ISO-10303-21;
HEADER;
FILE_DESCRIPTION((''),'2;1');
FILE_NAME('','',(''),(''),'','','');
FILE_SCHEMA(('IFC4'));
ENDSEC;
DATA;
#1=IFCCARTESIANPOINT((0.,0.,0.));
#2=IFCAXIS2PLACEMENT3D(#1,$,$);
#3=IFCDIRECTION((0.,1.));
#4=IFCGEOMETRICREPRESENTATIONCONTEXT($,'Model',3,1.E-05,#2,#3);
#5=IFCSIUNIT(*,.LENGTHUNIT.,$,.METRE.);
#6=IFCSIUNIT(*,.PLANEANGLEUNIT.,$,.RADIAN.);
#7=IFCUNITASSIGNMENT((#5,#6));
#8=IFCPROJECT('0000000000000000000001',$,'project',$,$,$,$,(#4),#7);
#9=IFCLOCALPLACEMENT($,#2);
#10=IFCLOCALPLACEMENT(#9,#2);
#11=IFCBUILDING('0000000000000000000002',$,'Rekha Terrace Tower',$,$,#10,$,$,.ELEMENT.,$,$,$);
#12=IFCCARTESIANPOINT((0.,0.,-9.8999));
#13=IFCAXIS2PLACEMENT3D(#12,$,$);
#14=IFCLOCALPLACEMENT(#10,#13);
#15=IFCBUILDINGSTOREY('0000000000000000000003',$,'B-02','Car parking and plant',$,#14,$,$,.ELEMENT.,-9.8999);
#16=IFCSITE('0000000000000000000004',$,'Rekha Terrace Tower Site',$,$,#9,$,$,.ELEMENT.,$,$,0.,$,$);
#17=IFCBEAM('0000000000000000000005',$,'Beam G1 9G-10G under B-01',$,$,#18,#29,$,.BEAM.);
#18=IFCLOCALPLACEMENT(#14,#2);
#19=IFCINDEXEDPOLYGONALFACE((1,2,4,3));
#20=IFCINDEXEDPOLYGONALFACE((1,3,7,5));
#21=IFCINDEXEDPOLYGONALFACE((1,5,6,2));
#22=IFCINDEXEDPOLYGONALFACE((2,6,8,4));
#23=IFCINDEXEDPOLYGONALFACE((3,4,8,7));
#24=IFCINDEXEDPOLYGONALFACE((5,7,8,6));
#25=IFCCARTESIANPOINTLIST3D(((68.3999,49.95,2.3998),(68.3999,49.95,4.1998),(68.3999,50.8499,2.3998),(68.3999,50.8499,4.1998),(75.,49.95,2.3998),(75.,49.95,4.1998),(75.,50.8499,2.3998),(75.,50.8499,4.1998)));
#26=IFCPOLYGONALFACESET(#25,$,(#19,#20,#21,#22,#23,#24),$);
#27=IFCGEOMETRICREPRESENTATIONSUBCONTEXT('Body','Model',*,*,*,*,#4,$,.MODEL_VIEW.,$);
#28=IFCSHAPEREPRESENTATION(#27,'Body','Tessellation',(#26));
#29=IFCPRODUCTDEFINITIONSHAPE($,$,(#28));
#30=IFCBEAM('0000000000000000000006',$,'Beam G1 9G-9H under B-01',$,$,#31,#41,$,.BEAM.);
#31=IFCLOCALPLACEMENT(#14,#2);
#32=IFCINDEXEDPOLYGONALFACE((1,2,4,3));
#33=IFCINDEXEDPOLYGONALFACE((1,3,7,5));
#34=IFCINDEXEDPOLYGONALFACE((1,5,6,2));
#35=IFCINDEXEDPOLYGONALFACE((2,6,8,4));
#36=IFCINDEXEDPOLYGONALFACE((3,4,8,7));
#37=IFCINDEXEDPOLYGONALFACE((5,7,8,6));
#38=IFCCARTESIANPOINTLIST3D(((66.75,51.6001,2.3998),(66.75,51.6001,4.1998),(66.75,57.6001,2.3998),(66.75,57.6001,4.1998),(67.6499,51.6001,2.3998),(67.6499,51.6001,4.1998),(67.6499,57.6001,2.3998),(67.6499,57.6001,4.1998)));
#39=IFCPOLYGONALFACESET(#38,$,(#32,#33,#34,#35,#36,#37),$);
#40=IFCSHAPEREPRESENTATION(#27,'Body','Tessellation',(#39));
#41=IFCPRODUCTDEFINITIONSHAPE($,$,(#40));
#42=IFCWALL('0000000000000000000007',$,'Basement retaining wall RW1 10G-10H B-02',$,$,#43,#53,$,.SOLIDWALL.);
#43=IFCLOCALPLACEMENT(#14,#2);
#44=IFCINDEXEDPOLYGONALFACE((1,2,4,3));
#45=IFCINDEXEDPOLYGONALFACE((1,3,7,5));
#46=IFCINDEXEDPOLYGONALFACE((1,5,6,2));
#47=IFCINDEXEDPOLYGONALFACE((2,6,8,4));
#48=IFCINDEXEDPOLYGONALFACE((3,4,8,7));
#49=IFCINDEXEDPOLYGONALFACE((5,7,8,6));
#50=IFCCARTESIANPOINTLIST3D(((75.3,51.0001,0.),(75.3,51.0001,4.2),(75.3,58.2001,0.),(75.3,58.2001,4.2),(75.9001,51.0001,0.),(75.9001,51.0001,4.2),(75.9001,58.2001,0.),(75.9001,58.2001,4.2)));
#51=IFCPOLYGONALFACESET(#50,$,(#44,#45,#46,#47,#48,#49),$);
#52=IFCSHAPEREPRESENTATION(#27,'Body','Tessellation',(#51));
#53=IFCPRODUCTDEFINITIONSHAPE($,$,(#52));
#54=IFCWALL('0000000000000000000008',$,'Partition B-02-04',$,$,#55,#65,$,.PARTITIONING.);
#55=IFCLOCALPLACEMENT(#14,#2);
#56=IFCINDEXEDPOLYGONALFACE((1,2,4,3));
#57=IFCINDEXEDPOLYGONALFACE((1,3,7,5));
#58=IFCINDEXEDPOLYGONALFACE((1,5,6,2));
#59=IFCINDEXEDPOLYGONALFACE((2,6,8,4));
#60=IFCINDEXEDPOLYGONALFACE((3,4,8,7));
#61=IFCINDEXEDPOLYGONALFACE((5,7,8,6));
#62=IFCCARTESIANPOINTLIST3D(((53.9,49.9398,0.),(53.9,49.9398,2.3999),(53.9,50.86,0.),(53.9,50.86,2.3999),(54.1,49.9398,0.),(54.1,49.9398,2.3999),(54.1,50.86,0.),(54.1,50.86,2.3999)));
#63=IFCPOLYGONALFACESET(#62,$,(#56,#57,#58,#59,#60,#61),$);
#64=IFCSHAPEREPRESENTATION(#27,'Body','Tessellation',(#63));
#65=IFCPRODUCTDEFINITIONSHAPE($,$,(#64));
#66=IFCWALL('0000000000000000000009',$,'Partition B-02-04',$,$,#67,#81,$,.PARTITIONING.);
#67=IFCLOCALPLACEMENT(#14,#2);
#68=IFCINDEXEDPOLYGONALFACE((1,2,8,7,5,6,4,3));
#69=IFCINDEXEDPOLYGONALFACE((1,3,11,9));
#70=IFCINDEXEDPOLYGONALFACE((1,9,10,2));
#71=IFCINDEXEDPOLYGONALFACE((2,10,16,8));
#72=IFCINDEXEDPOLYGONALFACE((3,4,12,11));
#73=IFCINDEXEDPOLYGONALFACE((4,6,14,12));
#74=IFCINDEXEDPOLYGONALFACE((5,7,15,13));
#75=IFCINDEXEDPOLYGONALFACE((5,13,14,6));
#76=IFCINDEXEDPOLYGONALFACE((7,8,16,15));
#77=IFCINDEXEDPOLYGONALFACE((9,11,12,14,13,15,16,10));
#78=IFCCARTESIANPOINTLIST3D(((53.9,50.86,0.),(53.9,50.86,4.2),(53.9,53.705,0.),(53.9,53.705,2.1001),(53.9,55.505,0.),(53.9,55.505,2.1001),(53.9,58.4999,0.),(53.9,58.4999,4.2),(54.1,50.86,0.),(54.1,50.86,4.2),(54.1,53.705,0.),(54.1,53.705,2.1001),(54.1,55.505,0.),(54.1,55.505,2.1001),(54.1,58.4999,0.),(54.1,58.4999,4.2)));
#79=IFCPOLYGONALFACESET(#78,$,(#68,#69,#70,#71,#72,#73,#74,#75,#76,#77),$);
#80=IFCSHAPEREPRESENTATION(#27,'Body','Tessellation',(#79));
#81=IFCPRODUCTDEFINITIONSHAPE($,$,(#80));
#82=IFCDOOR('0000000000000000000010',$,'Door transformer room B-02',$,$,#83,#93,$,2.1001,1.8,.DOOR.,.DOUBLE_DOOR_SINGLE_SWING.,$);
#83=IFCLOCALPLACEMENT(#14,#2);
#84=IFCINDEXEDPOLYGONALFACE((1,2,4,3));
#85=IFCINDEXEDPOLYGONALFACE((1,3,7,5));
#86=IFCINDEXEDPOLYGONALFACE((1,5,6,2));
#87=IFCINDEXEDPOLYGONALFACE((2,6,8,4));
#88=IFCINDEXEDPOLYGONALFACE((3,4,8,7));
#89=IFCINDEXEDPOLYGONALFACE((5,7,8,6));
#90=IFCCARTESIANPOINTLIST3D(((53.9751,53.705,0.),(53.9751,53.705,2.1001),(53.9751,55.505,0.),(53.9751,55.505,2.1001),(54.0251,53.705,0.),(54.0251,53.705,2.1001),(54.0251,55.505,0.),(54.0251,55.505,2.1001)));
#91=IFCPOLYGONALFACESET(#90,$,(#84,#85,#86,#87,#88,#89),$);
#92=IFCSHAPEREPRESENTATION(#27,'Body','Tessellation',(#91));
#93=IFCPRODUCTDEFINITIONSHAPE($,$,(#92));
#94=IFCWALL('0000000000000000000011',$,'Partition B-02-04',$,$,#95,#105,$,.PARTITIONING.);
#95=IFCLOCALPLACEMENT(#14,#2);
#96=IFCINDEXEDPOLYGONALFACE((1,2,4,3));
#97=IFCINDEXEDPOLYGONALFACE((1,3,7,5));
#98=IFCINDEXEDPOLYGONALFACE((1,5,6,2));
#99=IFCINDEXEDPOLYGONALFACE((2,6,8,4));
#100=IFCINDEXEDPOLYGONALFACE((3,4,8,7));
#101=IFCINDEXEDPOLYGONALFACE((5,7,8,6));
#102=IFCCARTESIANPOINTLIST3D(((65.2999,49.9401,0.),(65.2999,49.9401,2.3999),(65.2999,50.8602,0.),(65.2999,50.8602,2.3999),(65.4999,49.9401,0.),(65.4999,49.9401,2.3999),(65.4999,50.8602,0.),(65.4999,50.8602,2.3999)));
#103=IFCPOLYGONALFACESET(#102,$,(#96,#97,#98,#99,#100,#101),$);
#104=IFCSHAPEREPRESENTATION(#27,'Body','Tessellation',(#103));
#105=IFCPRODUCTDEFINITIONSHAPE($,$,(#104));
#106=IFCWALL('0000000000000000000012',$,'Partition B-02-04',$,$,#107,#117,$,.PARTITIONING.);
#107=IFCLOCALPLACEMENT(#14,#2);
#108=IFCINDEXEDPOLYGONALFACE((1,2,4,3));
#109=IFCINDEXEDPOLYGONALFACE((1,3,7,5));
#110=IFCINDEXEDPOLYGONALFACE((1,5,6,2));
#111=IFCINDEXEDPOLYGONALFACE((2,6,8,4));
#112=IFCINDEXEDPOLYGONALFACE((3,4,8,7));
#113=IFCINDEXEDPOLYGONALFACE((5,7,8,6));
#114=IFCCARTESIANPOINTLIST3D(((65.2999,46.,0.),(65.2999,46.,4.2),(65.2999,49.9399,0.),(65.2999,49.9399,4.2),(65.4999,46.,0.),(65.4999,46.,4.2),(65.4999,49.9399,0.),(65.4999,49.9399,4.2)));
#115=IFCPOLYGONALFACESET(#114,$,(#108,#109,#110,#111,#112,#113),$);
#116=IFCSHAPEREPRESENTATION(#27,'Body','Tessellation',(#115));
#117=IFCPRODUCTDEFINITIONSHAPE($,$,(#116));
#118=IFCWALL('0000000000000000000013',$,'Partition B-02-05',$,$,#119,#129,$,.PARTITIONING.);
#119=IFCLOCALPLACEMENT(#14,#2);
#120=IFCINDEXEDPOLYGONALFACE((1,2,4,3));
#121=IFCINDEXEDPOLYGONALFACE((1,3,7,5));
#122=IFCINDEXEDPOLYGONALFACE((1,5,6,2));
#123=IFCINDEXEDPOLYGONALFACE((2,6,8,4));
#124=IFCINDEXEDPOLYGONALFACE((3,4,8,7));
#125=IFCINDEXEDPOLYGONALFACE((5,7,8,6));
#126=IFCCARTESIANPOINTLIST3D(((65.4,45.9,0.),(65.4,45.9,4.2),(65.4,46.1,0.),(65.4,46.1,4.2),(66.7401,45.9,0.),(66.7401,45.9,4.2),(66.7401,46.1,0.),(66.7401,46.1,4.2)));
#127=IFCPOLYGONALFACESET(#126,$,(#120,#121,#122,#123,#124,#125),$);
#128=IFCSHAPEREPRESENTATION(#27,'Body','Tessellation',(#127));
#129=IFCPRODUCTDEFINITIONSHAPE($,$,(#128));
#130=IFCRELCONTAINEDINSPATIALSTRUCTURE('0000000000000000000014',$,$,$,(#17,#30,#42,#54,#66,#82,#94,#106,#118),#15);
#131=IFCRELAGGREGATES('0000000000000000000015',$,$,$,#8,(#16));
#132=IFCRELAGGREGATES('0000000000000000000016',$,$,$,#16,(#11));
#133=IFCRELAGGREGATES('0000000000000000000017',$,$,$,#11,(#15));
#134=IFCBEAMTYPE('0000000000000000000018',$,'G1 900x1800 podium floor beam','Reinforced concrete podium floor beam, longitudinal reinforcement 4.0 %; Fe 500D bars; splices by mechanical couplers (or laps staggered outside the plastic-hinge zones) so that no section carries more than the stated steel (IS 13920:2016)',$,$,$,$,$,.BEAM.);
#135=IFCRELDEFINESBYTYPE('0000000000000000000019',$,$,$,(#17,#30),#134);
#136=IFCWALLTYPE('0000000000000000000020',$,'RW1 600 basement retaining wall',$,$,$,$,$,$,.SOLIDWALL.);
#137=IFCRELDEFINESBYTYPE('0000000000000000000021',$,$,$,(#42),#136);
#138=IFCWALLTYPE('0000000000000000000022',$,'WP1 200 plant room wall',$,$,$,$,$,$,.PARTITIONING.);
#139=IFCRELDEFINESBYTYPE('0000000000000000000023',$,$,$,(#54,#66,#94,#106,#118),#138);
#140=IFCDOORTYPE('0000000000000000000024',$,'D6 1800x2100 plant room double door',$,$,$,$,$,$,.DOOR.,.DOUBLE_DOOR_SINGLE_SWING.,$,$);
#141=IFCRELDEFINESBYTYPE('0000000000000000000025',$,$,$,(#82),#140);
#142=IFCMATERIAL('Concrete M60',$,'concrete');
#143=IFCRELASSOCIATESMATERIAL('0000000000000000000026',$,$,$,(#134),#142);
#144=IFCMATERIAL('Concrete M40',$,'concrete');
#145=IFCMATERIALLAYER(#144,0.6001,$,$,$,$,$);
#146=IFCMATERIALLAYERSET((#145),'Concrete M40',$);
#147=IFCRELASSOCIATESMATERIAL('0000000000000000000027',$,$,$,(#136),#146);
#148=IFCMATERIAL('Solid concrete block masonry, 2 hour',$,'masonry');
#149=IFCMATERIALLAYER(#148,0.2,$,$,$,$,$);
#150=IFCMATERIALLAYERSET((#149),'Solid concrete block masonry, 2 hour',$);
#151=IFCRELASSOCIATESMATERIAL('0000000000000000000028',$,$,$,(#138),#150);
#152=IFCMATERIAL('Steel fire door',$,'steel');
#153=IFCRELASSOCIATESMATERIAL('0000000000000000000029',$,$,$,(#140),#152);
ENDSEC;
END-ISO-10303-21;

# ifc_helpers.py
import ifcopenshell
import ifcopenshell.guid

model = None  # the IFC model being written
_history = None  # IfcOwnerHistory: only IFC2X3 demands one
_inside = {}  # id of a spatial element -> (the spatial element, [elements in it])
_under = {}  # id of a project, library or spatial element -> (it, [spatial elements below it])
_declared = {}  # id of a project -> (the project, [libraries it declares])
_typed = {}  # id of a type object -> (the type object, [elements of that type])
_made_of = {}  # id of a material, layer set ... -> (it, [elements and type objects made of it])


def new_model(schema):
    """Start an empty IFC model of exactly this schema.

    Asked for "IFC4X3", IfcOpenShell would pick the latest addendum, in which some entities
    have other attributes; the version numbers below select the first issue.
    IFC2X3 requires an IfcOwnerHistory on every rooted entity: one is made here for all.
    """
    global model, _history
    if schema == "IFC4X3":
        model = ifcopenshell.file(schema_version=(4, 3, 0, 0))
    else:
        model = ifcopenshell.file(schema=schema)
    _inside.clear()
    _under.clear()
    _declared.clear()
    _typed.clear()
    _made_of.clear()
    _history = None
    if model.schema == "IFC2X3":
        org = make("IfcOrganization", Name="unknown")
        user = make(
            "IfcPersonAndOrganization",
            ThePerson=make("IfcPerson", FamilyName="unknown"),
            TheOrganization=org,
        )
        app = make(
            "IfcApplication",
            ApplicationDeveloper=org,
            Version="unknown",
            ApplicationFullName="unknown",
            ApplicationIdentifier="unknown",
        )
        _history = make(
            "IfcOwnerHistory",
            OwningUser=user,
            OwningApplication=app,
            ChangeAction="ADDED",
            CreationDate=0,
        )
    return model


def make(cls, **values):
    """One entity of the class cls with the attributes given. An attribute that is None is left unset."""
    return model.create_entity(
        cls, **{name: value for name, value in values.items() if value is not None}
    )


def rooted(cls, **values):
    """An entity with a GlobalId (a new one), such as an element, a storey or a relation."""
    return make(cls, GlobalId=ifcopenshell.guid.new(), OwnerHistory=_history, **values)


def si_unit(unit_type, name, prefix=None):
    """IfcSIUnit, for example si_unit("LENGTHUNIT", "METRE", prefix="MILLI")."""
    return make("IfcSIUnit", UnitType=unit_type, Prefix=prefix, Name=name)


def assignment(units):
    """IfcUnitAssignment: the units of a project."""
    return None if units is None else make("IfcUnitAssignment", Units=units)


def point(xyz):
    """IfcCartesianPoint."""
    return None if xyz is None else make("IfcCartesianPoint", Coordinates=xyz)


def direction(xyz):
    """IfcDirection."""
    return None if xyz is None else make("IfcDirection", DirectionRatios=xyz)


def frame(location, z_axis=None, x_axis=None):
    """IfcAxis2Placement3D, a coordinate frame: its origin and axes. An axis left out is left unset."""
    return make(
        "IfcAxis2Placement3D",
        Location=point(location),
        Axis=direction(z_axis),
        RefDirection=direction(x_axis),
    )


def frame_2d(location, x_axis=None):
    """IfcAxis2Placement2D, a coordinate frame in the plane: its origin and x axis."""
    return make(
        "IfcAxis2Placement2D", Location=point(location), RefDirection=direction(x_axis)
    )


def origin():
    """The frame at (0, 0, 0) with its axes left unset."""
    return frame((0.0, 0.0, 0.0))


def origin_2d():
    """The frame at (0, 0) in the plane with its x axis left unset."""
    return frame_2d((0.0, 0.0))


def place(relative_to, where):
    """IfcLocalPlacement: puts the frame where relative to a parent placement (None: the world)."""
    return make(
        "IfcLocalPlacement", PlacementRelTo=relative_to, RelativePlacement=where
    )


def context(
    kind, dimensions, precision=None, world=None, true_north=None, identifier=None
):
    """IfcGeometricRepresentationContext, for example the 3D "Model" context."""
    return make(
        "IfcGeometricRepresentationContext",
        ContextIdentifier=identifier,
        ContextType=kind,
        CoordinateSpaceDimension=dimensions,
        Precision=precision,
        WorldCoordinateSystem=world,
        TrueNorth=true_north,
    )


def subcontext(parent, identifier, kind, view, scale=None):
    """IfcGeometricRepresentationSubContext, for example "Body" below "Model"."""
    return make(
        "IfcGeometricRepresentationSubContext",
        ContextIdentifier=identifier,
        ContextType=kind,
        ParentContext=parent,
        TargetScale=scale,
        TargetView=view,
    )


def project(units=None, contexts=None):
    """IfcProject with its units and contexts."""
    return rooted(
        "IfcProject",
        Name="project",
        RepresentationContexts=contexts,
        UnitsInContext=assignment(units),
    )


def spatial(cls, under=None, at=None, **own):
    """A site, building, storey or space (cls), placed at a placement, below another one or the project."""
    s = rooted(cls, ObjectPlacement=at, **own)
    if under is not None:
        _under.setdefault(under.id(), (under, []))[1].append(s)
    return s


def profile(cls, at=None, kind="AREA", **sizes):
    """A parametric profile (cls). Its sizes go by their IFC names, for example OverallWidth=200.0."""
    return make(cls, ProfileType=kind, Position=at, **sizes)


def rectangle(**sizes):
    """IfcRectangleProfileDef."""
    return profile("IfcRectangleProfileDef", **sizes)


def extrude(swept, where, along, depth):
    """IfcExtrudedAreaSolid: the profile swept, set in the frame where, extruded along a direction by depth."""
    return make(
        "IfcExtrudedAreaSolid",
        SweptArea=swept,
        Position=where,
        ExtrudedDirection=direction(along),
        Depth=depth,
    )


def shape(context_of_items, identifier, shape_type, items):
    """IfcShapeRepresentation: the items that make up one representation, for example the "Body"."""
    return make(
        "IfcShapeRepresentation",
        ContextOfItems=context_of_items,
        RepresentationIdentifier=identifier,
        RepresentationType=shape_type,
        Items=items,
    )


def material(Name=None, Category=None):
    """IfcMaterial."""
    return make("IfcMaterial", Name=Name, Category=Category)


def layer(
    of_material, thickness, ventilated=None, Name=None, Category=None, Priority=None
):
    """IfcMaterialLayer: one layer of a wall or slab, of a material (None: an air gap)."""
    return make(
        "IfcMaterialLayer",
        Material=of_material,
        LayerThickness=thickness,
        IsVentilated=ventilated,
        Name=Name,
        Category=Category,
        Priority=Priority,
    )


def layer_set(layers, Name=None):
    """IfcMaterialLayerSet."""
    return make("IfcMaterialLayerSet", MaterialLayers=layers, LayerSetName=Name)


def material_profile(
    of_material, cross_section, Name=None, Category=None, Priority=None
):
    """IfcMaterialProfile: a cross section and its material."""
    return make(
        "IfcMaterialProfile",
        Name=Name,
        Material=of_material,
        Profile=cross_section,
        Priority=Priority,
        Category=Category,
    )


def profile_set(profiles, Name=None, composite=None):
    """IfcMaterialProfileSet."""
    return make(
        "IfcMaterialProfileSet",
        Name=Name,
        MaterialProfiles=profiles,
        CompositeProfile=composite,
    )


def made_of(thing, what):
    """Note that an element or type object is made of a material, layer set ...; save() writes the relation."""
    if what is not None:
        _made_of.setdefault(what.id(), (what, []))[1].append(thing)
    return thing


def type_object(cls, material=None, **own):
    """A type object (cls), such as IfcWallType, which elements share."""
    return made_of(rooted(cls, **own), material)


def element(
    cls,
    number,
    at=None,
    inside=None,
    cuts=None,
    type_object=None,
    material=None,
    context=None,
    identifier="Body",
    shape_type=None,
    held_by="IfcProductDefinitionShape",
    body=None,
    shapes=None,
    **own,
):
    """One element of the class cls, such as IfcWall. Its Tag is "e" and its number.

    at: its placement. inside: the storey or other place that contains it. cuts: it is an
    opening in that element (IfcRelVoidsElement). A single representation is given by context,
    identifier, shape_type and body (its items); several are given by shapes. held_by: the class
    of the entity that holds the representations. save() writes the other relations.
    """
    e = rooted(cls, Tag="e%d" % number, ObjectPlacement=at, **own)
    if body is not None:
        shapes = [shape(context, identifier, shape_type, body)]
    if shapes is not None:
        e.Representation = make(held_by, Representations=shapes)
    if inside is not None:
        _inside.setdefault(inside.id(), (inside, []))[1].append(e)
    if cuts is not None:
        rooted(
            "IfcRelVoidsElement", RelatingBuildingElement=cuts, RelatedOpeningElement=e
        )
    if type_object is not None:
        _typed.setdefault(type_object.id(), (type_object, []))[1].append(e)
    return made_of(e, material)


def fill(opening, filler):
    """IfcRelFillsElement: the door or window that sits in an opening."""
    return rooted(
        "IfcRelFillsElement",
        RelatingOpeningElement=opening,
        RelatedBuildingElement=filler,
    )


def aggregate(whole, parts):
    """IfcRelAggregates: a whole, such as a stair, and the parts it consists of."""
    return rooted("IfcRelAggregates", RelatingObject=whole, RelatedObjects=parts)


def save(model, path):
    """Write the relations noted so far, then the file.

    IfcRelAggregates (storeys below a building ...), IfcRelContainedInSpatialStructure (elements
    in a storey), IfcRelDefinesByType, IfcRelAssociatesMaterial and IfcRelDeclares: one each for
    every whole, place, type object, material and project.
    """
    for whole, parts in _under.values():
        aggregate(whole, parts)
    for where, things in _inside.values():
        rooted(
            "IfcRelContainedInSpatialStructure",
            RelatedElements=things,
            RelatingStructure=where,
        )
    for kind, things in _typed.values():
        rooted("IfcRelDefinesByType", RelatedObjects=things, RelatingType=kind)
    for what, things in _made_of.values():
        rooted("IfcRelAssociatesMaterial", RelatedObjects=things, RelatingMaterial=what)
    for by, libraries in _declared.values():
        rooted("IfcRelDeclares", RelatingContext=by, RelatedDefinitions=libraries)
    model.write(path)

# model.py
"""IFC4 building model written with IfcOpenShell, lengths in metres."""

from ifc_helpers import new_model, si_unit, direction, frame, frame_2d, origin, origin_2d, place, context, subcontext, project, spatial, rectangle, extrude, material, layer, layer_set, material_profile, profile_set, type_object, element, fill, save


model = new_model("IFC4")

# Units and contexts
model_context = context("Model", 3, precision=1e-05, world=origin(), true_north=direction((0.0, 1.0)))
body_context = subcontext(model_context, "Body", "Model", "MODEL_VIEW")
ifc_project = project(units=[si_unit("LENGTHUNIT", "METRE"), si_unit("PLANEANGLEUNIT", "RADIAN")], contexts=[model_context])

# Site, building, storey
site_placement = place(None, origin())
site = spatial("IfcSite", under=ifc_project, at=site_placement, Name="Rekha Terrace Tower Site", CompositionType="ELEMENT", RefElevation=0.0)
building_placement = place(site_placement, origin())
building = spatial("IfcBuilding", under=site, at=building_placement, Name="Rekha Terrace Tower", CompositionType="ELEMENT")
storey_placement = place(building_placement, frame((0.0, 0.0, -9.8999)))
storey = spatial("IfcBuildingStorey", under=building, at=storey_placement, Name="B-02", Description="Car parking and plant", CompositionType="ELEMENT", Elevation=-9.8999)

# Shared definitions
ifc_material_1 = material(Name="Concrete M60", Category="concrete")

# Beams
ifc_material_profile_1 = material_profile(ifc_material_1, rectangle(XDim=0.8999, YDim=1.8, at=origin_2d()), Name="RC 900x1800")
ifc_profile_set_1 = profile_set([ifc_material_profile_1], Name="Concrete M60")
beam_type = type_object("IfcBeamType", Name="G1 900x1800 podium floor beam", Description="Reinforced concrete podium floor beam, longitudinal reinforcement 4.0 %; Fe 500D bars; splices by mechanical couplers (or laps staggered outside the plastic-hinge zones) so that no section carries more than the stated steel (IS 13920:2016)", PredefinedType="BEAM", material=ifc_profile_set_1)
beam_1_placement = place(storey_placement, frame((68.3999, 50.3999, 3.2998), z_axis=(1.0, 0.0, 0.0), x_axis=(0.0, 1.0, 0.0)))
element("IfcBeam", 1, at=beam_1_placement, inside=storey, type_object=beam_type, Name="Beam G1 9G-10G under B-01", PredefinedType="BEAM", context=body_context, shape_type="SweptSolid", body=[
    extrude(rectangle(XDim=0.8999, YDim=1.8, at=origin_2d()), origin(), (0.0, 0.0, 1.0), 6.6001),
])
beam_2_placement = place(storey_placement, frame((67.2, 51.6001, 3.2998), z_axis=(0.0, 1.0, 0.0), x_axis=(-1.0, 0.0, 0.0)))
element("IfcBeam", 2, at=beam_2_placement, inside=storey, type_object=beam_type, Name="Beam G1 9G-9H under B-01", PredefinedType="BEAM", context=body_context, shape_type="SweptSolid", body=[
    extrude(rectangle(XDim=0.8999, YDim=1.8, at=origin_2d()), origin(), (0.0, 0.0, 1.0), 6.0),
])

# Walls
ifc_material_2 = material(Name="Concrete M40", Category="concrete")
ifc_layer_1 = layer(ifc_material_2, 0.6001)
ifc_layer_set_1 = layer_set([ifc_layer_1], Name="Concrete M40")
wall_type_1 = type_object("IfcWallType", Name="RW1 600 basement retaining wall", PredefinedType="SOLIDWALL", material=ifc_layer_set_1)
wall_1_placement = place(storey_placement, frame((75.6001, 51.0, 0.0), z_axis=(0.0, 0.0, 1.0), x_axis=(0.0, 1.0, 0.0)))
element("IfcWall", 3, at=wall_1_placement, inside=storey, type_object=wall_type_1, Name="Basement retaining wall RW1 10G-10H B-02", PredefinedType="SOLIDWALL", context=body_context, shape_type="SweptSolid", body=[
    extrude(rectangle(XDim=7.2, YDim=0.6001, at=frame_2d((3.6001, 0.0))), origin(), (0.0, 0.0, 1.0), 4.2),
])
ifc_material_3 = material(Name="Solid concrete block masonry, 2 hour", Category="masonry")
ifc_layer_2 = layer(ifc_material_3, 0.2)
ifc_layer_set_2 = layer_set([ifc_layer_2], Name="Solid concrete block masonry, 2 hour")
wall_type_2 = type_object("IfcWallType", Name="WP1 200 plant room wall", PredefinedType="PARTITIONING", material=ifc_layer_set_2)
wall_2_placement = place(storey_placement, frame((54.0, 49.9399, 0.0), z_axis=(0.0, 0.0, 1.0), x_axis=(0.0, 1.0, 0.0)))
element("IfcWall", 4, at=wall_2_placement, inside=storey, type_object=wall_type_2, Name="Partition B-02-04", PredefinedType="PARTITIONING", context=body_context, shape_type="SweptSolid", body=[
    extrude(rectangle(XDim=0.9202, YDim=0.2, at=frame_2d((0.46, 0.0))), origin(), (0.0, 0.0, 1.0), 2.3999),
])

# Wall, opening, door
wall_3_placement = place(storey_placement, frame((54.0, 50.8601, 0.0), z_axis=(0.0, 0.0, 1.0), x_axis=(0.0, 1.0, 0.0)))
wall_3 = element("IfcWall", 5, at=wall_3_placement, inside=storey, type_object=wall_type_2, Name="Partition B-02-04", PredefinedType="PARTITIONING", context=body_context, shape_type="SweptSolid", body=[
    extrude(rectangle(XDim=7.6399, YDim=0.2, at=frame_2d((3.8198, 0.0))), origin(), (0.0, 0.0, 1.0), 4.2),
])
opening_placement = place(wall_3_placement, frame((2.845, 0.0, 0.0)))
opening = element("IfcOpeningElement", 6, at=opening_placement, cuts=wall_3, PredefinedType="OPENING", context=body_context, shape_type="SweptSolid", body=[
    extrude(rectangle(XDim=1.8, YDim=2.1001, at=frame_2d((0.8999, 1.05))), frame((0.0, 0.1099, 0.0), z_axis=(0.0, -1.0, 0.0), x_axis=(1.0, 0.0, 0.0)), (0.0, 0.0, 1.0), 0.22),
])
ifc_material_4 = material(Name="Steel fire door", Category="steel")
door_type = type_object("IfcDoorType", Name="D6 1800x2100 plant room double door", OperationType="DOUBLE_DOOR_SINGLE_SWING", PredefinedType="DOOR", material=ifc_material_4)
door_placement = place(opening_placement, origin())
door = element("IfcDoor", 7, at=door_placement, inside=storey, type_object=door_type, Name="Door transformer room B-02", OperationType="DOUBLE_DOOR_SINGLE_SWING", OverallHeight=2.1001, OverallWidth=1.8, PredefinedType="DOOR", context=body_context, shape_type="SweptSolid", body=[
    extrude(rectangle(XDim=1.8, YDim=2.1001, at=frame_2d((0.8999, 1.05))), frame((0.0, 0.0249, 0.0), z_axis=(0.0, -1.0, 0.0), x_axis=(1.0, 0.0, 0.0)), (0.0, 0.0, 1.0), 0.05),
])
fill(opening, door)

# Walls
wall_4_placement = place(storey_placement, frame((65.3999, 50.8601, 0.0), z_axis=(0.0, 0.0, 1.0), x_axis=(0.0, -1.0, 0.0)))
element("IfcWall", 8, at=wall_4_placement, inside=storey, type_object=wall_type_2, Name="Partition B-02-04", PredefinedType="PARTITIONING", context=body_context, shape_type="SweptSolid", body=[
    extrude(rectangle(XDim=0.9202, YDim=0.2, at=frame_2d((0.46, 0.0))), origin(), (0.0, 0.0, 1.0), 2.3999),
])
wall_5_placement = place(storey_placement, frame((65.3999, 49.9399, 0.0), z_axis=(0.0, 0.0, 1.0), x_axis=(0.0, -1.0, 0.0)))
element("IfcWall", 9, at=wall_5_placement, inside=storey, type_object=wall_type_2, Name="Partition B-02-04", PredefinedType="PARTITIONING", context=body_context, shape_type="SweptSolid", body=[
    extrude(rectangle(XDim=3.9399, YDim=0.2, at=frame_2d((1.97, 0.0))), origin(), (0.0, 0.0, 1.0), 4.2),
])
wall_6_placement = place(storey_placement, frame((66.74, 46.0, 0.0), z_axis=(0.0, 0.0, 1.0), x_axis=(-1.0, 0.0, 0.0)))
element("IfcWall", 10, at=wall_6_placement, inside=storey, type_object=wall_type_2, Name="Partition B-02-05", PredefinedType="PARTITIONING", context=body_context, shape_type="SweptSolid", body=[
    extrude(rectangle(XDim=1.3401, YDim=0.2, at=frame_2d((0.6699, 0.0))), origin(), (0.0, 0.0, 1.0), 4.2),
])

save(model, "model.ifc")
